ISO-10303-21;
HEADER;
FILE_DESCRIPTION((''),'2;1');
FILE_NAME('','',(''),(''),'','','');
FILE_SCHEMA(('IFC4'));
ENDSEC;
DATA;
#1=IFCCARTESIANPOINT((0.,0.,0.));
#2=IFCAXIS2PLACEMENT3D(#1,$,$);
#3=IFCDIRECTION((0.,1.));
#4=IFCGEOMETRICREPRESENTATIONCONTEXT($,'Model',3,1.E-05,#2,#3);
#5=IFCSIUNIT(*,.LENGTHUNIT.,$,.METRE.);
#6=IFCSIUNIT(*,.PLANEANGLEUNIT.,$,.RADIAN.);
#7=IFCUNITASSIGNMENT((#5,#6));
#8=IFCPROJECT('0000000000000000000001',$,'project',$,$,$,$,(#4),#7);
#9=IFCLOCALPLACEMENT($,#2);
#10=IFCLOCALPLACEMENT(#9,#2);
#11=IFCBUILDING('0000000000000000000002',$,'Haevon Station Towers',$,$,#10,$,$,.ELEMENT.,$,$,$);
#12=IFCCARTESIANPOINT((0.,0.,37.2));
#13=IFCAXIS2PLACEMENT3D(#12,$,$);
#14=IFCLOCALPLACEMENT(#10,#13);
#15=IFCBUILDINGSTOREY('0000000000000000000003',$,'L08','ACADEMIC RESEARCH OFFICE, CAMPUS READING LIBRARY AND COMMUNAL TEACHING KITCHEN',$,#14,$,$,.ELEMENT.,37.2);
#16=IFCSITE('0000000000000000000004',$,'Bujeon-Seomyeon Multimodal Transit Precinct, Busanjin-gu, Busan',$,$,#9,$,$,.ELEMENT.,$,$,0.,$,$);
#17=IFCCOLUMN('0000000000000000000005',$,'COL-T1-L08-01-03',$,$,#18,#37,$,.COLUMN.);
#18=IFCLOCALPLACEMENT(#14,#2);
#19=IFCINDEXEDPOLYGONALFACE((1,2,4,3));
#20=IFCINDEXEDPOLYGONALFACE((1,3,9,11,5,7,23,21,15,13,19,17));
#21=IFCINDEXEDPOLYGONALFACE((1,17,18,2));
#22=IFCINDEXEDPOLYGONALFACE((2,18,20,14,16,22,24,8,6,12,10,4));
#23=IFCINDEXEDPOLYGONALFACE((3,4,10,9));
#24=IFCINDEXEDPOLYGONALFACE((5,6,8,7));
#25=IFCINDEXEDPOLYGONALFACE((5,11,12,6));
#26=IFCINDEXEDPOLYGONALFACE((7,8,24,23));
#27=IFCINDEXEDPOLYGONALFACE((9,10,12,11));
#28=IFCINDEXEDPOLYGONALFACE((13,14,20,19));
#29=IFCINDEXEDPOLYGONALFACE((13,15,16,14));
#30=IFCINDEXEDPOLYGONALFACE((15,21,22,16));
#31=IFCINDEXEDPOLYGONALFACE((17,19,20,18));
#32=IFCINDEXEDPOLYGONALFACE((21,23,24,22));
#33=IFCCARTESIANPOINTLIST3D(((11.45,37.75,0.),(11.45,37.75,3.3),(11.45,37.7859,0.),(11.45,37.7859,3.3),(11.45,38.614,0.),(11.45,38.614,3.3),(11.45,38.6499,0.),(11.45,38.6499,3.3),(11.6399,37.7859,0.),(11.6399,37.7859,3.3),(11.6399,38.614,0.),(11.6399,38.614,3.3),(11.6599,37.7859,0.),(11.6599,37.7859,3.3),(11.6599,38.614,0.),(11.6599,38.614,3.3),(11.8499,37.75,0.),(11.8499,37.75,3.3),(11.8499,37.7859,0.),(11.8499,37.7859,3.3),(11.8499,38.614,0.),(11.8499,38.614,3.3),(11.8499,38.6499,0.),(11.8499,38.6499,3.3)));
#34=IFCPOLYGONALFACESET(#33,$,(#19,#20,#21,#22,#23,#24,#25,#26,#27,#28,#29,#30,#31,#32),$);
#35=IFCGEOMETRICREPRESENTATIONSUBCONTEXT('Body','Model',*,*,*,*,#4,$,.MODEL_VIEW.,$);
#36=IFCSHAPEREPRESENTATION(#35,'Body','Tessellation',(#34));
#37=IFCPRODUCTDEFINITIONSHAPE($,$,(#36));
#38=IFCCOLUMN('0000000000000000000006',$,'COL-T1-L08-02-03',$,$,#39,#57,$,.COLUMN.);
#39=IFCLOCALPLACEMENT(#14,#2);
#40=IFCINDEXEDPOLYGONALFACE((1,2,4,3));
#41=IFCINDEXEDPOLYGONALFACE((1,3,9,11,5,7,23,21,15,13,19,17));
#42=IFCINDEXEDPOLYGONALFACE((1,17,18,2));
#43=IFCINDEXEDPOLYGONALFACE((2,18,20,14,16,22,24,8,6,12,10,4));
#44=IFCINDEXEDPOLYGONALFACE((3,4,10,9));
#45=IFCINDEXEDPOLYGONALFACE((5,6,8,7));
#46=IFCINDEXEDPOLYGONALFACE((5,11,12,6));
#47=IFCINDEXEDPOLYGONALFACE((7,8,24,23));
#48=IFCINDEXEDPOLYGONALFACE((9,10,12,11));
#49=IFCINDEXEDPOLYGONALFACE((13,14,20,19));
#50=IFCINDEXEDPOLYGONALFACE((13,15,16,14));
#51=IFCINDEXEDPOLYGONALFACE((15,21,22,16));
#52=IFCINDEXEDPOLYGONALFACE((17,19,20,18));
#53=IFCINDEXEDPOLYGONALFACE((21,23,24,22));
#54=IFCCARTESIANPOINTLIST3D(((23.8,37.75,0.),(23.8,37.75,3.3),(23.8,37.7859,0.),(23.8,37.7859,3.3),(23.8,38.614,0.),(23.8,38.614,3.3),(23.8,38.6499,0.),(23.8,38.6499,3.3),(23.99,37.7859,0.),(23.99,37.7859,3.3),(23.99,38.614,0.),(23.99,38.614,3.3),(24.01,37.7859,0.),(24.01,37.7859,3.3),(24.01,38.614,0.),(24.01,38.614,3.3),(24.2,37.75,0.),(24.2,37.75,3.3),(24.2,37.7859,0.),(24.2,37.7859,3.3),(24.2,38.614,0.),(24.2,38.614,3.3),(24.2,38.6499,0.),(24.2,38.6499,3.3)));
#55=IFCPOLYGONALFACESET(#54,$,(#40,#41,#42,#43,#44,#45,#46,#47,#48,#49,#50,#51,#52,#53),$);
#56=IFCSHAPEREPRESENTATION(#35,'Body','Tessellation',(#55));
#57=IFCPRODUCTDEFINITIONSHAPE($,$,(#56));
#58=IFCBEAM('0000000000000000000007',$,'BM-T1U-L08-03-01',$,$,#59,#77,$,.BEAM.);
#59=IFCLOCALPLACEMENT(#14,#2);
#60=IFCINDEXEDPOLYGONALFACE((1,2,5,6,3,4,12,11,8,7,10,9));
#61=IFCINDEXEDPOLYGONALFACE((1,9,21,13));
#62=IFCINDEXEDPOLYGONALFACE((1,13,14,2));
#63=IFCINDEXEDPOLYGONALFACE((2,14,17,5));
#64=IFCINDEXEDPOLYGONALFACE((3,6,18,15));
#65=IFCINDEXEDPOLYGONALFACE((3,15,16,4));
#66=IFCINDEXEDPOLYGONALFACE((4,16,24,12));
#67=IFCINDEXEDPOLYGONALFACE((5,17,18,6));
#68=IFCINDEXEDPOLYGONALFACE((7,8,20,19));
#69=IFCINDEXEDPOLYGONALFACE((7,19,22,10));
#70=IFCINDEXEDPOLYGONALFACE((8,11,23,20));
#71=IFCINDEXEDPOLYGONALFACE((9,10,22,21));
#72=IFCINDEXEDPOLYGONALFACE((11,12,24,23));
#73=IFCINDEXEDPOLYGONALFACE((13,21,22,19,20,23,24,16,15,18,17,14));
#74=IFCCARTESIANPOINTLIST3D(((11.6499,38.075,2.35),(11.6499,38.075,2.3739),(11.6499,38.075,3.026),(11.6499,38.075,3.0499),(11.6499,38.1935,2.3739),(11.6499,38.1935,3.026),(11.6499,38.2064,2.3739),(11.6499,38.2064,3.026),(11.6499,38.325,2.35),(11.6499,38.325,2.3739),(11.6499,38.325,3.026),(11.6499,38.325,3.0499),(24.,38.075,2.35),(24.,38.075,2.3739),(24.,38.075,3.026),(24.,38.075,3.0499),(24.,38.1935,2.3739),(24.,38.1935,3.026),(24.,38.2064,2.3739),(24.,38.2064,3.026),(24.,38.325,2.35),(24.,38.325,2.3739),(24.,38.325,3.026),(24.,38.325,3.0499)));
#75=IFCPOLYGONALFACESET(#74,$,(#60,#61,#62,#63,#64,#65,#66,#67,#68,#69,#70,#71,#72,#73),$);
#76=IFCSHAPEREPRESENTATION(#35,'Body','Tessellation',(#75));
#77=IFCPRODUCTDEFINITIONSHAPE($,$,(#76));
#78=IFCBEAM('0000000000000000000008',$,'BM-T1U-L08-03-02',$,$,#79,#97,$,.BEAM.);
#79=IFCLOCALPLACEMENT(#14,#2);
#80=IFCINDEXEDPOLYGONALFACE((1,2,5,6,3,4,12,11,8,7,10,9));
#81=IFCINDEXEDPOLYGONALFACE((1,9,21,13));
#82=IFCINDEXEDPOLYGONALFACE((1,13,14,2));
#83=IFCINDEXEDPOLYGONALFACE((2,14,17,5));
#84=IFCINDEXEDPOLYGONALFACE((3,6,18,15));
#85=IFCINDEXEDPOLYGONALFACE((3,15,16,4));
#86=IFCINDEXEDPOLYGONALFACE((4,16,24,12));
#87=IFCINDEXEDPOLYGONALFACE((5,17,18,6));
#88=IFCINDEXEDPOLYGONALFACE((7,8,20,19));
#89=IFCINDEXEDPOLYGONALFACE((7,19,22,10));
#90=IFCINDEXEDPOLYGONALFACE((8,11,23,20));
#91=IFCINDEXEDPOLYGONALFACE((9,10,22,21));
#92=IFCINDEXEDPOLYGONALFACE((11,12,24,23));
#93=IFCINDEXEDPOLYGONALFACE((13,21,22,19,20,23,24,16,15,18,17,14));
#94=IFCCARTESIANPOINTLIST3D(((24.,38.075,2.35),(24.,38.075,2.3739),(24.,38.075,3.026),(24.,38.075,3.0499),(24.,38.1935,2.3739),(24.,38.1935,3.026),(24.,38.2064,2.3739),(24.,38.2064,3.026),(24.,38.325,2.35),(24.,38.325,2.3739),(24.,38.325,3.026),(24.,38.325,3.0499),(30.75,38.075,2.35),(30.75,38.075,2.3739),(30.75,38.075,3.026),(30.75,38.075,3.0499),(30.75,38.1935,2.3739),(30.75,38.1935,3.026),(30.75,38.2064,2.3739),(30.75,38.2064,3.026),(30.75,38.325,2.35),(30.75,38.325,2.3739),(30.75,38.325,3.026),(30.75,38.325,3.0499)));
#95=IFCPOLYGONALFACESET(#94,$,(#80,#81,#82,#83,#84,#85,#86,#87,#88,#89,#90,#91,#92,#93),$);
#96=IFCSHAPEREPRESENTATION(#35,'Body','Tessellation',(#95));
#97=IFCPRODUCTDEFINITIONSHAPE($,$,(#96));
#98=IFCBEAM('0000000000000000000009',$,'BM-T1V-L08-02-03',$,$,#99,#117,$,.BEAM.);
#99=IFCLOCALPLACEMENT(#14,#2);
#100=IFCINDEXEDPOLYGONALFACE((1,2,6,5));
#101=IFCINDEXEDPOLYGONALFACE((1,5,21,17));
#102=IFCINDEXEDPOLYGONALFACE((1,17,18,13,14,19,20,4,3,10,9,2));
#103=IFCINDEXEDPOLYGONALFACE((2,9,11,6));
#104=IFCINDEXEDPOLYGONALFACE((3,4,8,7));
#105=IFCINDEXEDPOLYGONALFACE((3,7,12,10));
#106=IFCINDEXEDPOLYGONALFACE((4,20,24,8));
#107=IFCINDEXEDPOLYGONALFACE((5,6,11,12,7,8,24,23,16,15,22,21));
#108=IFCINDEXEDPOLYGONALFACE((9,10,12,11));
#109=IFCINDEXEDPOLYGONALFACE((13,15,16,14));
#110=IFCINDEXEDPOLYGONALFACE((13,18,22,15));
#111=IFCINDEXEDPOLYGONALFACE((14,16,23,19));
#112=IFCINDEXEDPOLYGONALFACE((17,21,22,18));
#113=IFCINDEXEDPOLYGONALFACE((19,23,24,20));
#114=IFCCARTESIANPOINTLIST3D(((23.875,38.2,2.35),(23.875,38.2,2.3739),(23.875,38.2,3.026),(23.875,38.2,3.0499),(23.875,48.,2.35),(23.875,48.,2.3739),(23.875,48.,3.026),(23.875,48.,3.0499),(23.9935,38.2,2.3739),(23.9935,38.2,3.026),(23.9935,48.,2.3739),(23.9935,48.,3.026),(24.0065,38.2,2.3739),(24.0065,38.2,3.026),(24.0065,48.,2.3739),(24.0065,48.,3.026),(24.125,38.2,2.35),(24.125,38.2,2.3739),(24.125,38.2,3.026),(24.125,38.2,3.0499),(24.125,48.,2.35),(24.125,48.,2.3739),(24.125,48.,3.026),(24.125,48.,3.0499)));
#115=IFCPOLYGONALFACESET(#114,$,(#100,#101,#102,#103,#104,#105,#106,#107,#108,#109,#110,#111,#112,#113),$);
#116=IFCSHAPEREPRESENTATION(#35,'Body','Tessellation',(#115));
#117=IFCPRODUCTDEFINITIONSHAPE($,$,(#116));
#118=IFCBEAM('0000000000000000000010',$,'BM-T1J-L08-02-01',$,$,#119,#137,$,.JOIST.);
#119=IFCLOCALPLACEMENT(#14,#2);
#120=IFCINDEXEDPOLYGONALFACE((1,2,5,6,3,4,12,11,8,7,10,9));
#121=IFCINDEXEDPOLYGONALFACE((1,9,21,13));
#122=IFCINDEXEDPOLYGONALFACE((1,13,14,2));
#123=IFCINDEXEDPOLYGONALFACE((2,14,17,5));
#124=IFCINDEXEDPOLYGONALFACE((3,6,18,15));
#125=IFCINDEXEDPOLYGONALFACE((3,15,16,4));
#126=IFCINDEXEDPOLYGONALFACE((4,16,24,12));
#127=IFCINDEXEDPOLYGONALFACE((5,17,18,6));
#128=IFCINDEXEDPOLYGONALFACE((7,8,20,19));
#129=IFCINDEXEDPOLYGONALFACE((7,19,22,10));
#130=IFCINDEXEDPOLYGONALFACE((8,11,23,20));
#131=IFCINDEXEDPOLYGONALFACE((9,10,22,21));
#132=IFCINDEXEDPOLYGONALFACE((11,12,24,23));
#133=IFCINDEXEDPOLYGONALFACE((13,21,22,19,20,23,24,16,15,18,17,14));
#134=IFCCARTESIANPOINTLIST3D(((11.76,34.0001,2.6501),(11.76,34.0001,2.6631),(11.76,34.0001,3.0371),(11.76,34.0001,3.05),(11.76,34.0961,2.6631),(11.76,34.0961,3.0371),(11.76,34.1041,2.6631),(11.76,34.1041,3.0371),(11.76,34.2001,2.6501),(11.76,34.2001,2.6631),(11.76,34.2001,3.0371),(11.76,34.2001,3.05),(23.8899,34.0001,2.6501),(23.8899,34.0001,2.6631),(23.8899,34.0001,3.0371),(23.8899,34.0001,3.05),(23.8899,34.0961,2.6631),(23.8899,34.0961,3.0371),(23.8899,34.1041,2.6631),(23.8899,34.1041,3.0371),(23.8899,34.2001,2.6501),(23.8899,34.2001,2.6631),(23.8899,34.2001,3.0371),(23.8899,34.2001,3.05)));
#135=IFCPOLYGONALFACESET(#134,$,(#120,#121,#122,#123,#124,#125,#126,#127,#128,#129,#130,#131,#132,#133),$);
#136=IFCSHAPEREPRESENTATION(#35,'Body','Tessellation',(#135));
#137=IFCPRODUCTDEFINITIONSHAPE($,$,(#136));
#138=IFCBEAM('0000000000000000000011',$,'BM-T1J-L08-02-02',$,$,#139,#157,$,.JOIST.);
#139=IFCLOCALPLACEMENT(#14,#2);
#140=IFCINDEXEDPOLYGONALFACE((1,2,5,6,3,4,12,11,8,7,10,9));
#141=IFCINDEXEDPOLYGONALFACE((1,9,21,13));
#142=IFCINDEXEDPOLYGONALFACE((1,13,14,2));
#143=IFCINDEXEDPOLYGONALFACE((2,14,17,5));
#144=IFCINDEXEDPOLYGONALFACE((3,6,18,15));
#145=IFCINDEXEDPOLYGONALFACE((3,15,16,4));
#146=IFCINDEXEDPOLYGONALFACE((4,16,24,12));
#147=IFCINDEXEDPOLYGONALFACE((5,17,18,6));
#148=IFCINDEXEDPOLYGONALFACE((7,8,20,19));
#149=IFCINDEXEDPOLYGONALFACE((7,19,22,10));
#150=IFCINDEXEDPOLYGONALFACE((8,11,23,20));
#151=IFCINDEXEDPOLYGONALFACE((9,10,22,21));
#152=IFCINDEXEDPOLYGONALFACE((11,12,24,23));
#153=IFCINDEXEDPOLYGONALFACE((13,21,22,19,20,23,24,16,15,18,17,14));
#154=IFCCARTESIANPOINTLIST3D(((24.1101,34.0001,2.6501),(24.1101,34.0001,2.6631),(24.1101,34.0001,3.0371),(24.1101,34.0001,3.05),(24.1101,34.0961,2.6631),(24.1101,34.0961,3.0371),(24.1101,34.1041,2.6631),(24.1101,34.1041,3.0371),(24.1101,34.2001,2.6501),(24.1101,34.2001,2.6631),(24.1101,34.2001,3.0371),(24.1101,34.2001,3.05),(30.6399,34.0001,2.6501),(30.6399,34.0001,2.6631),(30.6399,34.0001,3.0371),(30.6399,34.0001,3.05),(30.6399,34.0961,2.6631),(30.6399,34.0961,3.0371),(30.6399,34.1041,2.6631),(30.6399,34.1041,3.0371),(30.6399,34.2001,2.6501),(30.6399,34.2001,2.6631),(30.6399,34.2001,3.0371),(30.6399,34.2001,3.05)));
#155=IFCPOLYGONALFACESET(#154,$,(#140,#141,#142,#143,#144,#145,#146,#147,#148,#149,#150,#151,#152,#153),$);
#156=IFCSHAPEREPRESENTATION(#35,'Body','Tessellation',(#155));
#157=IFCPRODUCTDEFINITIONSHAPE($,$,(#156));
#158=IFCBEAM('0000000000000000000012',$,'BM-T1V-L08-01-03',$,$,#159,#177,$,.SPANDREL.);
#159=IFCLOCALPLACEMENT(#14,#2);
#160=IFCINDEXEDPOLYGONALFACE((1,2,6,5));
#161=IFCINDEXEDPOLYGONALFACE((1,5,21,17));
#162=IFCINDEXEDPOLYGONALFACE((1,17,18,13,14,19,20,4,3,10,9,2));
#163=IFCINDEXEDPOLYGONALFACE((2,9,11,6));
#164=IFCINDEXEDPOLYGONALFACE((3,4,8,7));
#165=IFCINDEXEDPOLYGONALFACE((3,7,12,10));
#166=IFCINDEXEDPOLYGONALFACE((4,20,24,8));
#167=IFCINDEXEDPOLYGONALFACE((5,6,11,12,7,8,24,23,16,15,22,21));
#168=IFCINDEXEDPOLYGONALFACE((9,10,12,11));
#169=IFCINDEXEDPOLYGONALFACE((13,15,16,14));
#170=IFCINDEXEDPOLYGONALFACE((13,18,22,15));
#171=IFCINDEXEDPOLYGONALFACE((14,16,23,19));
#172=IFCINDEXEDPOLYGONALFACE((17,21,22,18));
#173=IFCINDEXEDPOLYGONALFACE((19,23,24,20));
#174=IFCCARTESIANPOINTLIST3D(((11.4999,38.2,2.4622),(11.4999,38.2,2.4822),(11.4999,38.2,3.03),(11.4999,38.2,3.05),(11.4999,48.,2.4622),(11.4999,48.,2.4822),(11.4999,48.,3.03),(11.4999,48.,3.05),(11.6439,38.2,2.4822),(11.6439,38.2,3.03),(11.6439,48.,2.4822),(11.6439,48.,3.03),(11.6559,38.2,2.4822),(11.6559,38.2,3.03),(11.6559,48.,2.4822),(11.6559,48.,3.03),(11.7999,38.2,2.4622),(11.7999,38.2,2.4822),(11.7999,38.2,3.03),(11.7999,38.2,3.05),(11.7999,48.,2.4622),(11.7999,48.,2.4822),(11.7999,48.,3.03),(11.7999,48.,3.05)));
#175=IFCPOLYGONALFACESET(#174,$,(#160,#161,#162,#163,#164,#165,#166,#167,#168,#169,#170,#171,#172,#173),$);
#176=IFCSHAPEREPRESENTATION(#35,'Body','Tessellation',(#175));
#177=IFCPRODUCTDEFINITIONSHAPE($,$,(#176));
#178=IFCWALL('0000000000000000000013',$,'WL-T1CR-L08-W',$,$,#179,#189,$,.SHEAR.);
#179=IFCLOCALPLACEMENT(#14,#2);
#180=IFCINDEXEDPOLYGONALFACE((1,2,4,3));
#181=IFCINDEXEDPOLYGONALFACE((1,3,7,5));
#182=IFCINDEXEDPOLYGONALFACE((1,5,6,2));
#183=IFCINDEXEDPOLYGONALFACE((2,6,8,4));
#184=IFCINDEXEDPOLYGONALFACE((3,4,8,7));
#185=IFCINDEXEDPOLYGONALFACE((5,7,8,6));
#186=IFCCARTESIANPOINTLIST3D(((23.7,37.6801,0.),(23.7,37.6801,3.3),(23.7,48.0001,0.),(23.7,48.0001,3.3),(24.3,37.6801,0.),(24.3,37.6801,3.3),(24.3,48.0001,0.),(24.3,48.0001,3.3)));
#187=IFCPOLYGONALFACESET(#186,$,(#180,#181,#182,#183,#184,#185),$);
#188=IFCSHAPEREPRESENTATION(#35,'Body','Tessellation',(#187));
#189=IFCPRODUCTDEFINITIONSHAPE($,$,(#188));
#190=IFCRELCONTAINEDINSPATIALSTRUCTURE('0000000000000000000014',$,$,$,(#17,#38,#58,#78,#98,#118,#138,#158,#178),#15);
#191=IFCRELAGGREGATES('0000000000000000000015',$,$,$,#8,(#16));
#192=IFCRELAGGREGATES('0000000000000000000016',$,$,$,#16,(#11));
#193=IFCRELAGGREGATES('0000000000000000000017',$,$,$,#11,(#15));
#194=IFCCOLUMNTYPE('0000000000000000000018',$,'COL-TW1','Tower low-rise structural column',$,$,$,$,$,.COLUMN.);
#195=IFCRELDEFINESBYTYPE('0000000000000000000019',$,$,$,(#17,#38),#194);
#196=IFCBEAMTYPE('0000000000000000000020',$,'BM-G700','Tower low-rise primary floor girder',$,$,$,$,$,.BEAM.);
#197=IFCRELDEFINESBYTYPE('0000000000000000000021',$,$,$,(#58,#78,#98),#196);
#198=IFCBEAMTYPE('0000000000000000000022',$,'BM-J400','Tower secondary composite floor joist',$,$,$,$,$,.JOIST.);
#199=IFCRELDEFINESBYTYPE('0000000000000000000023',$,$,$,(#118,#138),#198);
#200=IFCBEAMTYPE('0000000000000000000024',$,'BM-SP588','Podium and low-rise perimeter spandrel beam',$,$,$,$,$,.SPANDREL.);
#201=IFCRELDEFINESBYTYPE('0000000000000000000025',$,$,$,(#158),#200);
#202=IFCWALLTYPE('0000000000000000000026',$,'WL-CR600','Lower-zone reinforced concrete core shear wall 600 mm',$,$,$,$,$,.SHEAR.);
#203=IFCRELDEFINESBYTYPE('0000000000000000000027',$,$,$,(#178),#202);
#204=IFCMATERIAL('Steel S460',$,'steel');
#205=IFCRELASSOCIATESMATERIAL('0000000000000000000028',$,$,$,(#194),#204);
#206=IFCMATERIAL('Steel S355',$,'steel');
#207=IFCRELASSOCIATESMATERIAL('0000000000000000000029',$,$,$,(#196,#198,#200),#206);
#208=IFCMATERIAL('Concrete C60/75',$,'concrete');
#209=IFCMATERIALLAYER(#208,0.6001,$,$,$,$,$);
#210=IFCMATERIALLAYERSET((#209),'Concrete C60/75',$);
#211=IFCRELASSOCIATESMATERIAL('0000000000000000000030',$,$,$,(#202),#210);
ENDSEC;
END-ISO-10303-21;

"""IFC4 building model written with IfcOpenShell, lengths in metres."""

from ifc_helpers import new_model, si_unit, direction, frame, frame_2d, origin, origin_2d, place, context, subcontext, project, spatial, rectangle, i_section, extrude, material, layer, layer_set, material_profile, profile_set, type_object, element, save


model = new_model("IFC4")

# Units and contexts
model_context = context("Model", 3, precision=1e-05, world=origin(), true_north=direction((0.0, 1.0)))
body_context = subcontext(model_context, "Body", "Model", "MODEL_VIEW")
ifc_project = project(units=[si_unit("LENGTHUNIT", "METRE"), si_unit("PLANEANGLEUNIT", "RADIAN")], contexts=[model_context])

# Site, building, storey
site_placement = place(None, origin())
site = spatial("IfcSite", under=ifc_project, at=site_placement, Name="Bujeon-Seomyeon Multimodal Transit Precinct, Busanjin-gu, Busan", CompositionType="ELEMENT", RefElevation=0.0)
building_placement = place(site_placement, origin())
building = spatial("IfcBuilding", under=site, at=building_placement, Name="Haevon Station Towers", CompositionType="ELEMENT")
storey_placement = place(building_placement, frame((0.0, 0.0, 37.2)))
storey = spatial("IfcBuildingStorey", under=building, at=storey_placement, Name="L08", Description="ACADEMIC RESEARCH OFFICE, CAMPUS READING LIBRARY AND COMMUNAL TEACHING KITCHEN", CompositionType="ELEMENT", Elevation=37.2)

# Columns
ifc_material_1 = material(Name="Steel S460", Category="steel")
ifc_material_profile_1 = material_profile(ifc_material_1, i_section(OverallWidth=0.3999, OverallDepth=0.8999, WebThickness=0.02, FlangeThickness=0.0359, at=origin_2d()), Name="H-900x400x20x36")
ifc_profile_set_1 = profile_set([ifc_material_profile_1], Name="Steel S460")
column_type = type_object("IfcColumnType", Name="COL-TW1", Description="Tower low-rise structural column", PredefinedType="COLUMN", material=ifc_profile_set_1)
for number, where, z_axis, x_axis, name in (
    (1, (11.6499, 38.2, 0.0), (0.0, 0.0, 1.0), (1.0, 0.0, 0.0), "COL-T1-L08-01-03"),
    (2, (24.0, 38.2, 0.0), (0.0, 0.0, 1.0), (1.0, 0.0, 0.0), "COL-T1-L08-02-03"),
):
    element("IfcColumn", number, at=place(storey_placement, frame(where, z_axis=z_axis, x_axis=x_axis)), inside=storey, type_object=column_type, Name=name, PredefinedType="COLUMN", context=body_context, shape_type="SweptSolid", body=[
        extrude(i_section(OverallWidth=0.3999, OverallDepth=0.8999, WebThickness=0.02, FlangeThickness=0.0359, at=origin_2d()), origin(), (0.0, 0.0, 1.0), 3.3),
    ])

# Beams
ifc_material_2 = material(Name="Steel S355", Category="steel")
ifc_material_profile_2 = material_profile(ifc_material_2, i_section(OverallWidth=0.25, OverallDepth=0.7, WebThickness=0.0129, FlangeThickness=0.0239, at=origin_2d()), Name="H-700x250x13x24")
ifc_profile_set_2 = profile_set([ifc_material_profile_2], Name="Steel S355")
beam_type_1 = type_object("IfcBeamType", Name="BM-G700", Description="Tower low-rise primary floor girder", PredefinedType="BEAM", material=ifc_profile_set_2)
beam_1_placement = place(storey_placement, frame((11.6499, 38.2, 2.7), z_axis=(1.0, 0.0, 0.0), x_axis=(0.0, 1.0, 0.0)))
element("IfcBeam", 3, at=beam_1_placement, inside=storey, type_object=beam_type_1, Name="BM-T1U-L08-03-01", PredefinedType="BEAM", context=body_context, shape_type="SweptSolid", body=[
    extrude(i_section(OverallWidth=0.25, OverallDepth=0.7, WebThickness=0.0129, FlangeThickness=0.0239, at=origin_2d()), origin(), (0.0, 0.0, 1.0), 12.3501),
])
beam_2_placement = place(storey_placement, frame((24.0, 38.2, 2.7), z_axis=(1.0, 0.0, 0.0), x_axis=(0.0, 1.0, 0.0)))
element("IfcBeam", 4, at=beam_2_placement, inside=storey, type_object=beam_type_1, Name="BM-T1U-L08-03-02", PredefinedType="BEAM", context=body_context, shape_type="SweptSolid", body=[
    extrude(i_section(OverallWidth=0.25, OverallDepth=0.7, WebThickness=0.0129, FlangeThickness=0.0239, at=origin_2d()), origin(), (0.0, 0.0, 1.0), 6.75),
])
beam_3_placement = place(storey_placement, frame((24.0, 38.2, 2.7), z_axis=(0.0, 1.0, 0.0), x_axis=(-1.0, 0.0, 0.0)))
element("IfcBeam", 5, at=beam_3_placement, inside=storey, type_object=beam_type_1, Name="BM-T1V-L08-02-03", PredefinedType="BEAM", context=body_context, shape_type="SweptSolid", body=[
    extrude(i_section(OverallWidth=0.25, OverallDepth=0.7, WebThickness=0.0129, FlangeThickness=0.0239, at=origin_2d()), origin(), (0.0, 0.0, 1.0), 9.8),
])
ifc_material_profile_3 = material_profile(ifc_material_2, i_section(OverallWidth=0.2, OverallDepth=0.3999, WebThickness=0.0081, FlangeThickness=0.0129, at=origin_2d()), Name="H-400x200x8x13")
ifc_profile_set_3 = profile_set([ifc_material_profile_3], Name="Steel S355")
beam_type_2 = type_object("IfcBeamType", Name="BM-J400", Description="Tower secondary composite floor joist", PredefinedType="JOIST", material=ifc_profile_set_3)
beam_4_placement = place(storey_placement, frame((11.76, 34.1001, 2.8501), z_axis=(1.0, 0.0, 0.0), x_axis=(0.0, 1.0, 0.0)))
element("IfcBeam", 6, at=beam_4_placement, inside=storey, type_object=beam_type_2, Name="BM-T1J-L08-02-01", PredefinedType="JOIST", context=body_context, shape_type="SweptSolid", body=[
    extrude(i_section(OverallWidth=0.2, OverallDepth=0.3999, WebThickness=0.0081, FlangeThickness=0.0129, at=origin_2d()), origin(), (0.0, 0.0, 1.0), 12.1299),
])
beam_5_placement = place(storey_placement, frame((24.1101, 34.1001, 2.8501), z_axis=(1.0, 0.0, 0.0), x_axis=(0.0, 1.0, 0.0)))
element("IfcBeam", 7, at=beam_5_placement, inside=storey, type_object=beam_type_2, Name="BM-T1J-L08-02-02", PredefinedType="JOIST", context=body_context, shape_type="SweptSolid", body=[
    extrude(i_section(OverallWidth=0.2, OverallDepth=0.3999, WebThickness=0.0081, FlangeThickness=0.0129, at=origin_2d()), origin(), (0.0, 0.0, 1.0), 6.5298),
])
ifc_material_profile_4 = material_profile(ifc_material_2, i_section(OverallWidth=0.3, OverallDepth=0.5879, WebThickness=0.012, FlangeThickness=0.02, at=origin_2d()), Name="H-588x300x12x20")
ifc_profile_set_4 = profile_set([ifc_material_profile_4], Name="Steel S355")
beam_type_3 = type_object("IfcBeamType", Name="BM-SP588", Description="Podium and low-rise perimeter spandrel beam", PredefinedType="SPANDREL", material=ifc_profile_set_4)
beam_6_placement = place(storey_placement, frame((11.6499, 38.2, 2.7561), z_axis=(0.0, 1.0, 0.0), x_axis=(-1.0, 0.0, 0.0)))
element("IfcBeam", 8, at=beam_6_placement, inside=storey, type_object=beam_type_3, Name="BM-T1V-L08-01-03", PredefinedType="SPANDREL", context=body_context, shape_type="SweptSolid", body=[
    extrude(i_section(OverallWidth=0.3, OverallDepth=0.5879, WebThickness=0.012, FlangeThickness=0.02, at=origin_2d()), origin(), (0.0, 0.0, 1.0), 9.8),
])

# Wall
ifc_material_3 = material(Name="Concrete C60/75", Category="concrete")
ifc_layer_1 = layer(ifc_material_3, 0.6001)
ifc_layer_set_1 = layer_set([ifc_layer_1], Name="Concrete C60/75")
wall_type_1 = type_object("IfcWallType", Name="WL-CR600", Description="Lower-zone reinforced concrete core shear wall 600 mm", PredefinedType="SHEAR", material=ifc_layer_set_1)
wall_1_placement = place(storey_placement, frame((24.0, 37.6799, 0.0), z_axis=(0.0, 0.0, 1.0), x_axis=(0.0, 1.0, 0.0)))
element("IfcWall", 9, at=wall_1_placement, inside=storey, type_object=wall_type_1, Name="WL-T1CR-L08-W", PredefinedType="SHEAR", context=body_context, shape_type="SweptSolid", body=[
    extrude(rectangle(XDim=10.3201, YDim=0.6001, at=frame_2d((5.1602, 0.0))), origin(), (0.0, 0.0, 1.0), 3.3),
])

save(model, "model.ifc")
